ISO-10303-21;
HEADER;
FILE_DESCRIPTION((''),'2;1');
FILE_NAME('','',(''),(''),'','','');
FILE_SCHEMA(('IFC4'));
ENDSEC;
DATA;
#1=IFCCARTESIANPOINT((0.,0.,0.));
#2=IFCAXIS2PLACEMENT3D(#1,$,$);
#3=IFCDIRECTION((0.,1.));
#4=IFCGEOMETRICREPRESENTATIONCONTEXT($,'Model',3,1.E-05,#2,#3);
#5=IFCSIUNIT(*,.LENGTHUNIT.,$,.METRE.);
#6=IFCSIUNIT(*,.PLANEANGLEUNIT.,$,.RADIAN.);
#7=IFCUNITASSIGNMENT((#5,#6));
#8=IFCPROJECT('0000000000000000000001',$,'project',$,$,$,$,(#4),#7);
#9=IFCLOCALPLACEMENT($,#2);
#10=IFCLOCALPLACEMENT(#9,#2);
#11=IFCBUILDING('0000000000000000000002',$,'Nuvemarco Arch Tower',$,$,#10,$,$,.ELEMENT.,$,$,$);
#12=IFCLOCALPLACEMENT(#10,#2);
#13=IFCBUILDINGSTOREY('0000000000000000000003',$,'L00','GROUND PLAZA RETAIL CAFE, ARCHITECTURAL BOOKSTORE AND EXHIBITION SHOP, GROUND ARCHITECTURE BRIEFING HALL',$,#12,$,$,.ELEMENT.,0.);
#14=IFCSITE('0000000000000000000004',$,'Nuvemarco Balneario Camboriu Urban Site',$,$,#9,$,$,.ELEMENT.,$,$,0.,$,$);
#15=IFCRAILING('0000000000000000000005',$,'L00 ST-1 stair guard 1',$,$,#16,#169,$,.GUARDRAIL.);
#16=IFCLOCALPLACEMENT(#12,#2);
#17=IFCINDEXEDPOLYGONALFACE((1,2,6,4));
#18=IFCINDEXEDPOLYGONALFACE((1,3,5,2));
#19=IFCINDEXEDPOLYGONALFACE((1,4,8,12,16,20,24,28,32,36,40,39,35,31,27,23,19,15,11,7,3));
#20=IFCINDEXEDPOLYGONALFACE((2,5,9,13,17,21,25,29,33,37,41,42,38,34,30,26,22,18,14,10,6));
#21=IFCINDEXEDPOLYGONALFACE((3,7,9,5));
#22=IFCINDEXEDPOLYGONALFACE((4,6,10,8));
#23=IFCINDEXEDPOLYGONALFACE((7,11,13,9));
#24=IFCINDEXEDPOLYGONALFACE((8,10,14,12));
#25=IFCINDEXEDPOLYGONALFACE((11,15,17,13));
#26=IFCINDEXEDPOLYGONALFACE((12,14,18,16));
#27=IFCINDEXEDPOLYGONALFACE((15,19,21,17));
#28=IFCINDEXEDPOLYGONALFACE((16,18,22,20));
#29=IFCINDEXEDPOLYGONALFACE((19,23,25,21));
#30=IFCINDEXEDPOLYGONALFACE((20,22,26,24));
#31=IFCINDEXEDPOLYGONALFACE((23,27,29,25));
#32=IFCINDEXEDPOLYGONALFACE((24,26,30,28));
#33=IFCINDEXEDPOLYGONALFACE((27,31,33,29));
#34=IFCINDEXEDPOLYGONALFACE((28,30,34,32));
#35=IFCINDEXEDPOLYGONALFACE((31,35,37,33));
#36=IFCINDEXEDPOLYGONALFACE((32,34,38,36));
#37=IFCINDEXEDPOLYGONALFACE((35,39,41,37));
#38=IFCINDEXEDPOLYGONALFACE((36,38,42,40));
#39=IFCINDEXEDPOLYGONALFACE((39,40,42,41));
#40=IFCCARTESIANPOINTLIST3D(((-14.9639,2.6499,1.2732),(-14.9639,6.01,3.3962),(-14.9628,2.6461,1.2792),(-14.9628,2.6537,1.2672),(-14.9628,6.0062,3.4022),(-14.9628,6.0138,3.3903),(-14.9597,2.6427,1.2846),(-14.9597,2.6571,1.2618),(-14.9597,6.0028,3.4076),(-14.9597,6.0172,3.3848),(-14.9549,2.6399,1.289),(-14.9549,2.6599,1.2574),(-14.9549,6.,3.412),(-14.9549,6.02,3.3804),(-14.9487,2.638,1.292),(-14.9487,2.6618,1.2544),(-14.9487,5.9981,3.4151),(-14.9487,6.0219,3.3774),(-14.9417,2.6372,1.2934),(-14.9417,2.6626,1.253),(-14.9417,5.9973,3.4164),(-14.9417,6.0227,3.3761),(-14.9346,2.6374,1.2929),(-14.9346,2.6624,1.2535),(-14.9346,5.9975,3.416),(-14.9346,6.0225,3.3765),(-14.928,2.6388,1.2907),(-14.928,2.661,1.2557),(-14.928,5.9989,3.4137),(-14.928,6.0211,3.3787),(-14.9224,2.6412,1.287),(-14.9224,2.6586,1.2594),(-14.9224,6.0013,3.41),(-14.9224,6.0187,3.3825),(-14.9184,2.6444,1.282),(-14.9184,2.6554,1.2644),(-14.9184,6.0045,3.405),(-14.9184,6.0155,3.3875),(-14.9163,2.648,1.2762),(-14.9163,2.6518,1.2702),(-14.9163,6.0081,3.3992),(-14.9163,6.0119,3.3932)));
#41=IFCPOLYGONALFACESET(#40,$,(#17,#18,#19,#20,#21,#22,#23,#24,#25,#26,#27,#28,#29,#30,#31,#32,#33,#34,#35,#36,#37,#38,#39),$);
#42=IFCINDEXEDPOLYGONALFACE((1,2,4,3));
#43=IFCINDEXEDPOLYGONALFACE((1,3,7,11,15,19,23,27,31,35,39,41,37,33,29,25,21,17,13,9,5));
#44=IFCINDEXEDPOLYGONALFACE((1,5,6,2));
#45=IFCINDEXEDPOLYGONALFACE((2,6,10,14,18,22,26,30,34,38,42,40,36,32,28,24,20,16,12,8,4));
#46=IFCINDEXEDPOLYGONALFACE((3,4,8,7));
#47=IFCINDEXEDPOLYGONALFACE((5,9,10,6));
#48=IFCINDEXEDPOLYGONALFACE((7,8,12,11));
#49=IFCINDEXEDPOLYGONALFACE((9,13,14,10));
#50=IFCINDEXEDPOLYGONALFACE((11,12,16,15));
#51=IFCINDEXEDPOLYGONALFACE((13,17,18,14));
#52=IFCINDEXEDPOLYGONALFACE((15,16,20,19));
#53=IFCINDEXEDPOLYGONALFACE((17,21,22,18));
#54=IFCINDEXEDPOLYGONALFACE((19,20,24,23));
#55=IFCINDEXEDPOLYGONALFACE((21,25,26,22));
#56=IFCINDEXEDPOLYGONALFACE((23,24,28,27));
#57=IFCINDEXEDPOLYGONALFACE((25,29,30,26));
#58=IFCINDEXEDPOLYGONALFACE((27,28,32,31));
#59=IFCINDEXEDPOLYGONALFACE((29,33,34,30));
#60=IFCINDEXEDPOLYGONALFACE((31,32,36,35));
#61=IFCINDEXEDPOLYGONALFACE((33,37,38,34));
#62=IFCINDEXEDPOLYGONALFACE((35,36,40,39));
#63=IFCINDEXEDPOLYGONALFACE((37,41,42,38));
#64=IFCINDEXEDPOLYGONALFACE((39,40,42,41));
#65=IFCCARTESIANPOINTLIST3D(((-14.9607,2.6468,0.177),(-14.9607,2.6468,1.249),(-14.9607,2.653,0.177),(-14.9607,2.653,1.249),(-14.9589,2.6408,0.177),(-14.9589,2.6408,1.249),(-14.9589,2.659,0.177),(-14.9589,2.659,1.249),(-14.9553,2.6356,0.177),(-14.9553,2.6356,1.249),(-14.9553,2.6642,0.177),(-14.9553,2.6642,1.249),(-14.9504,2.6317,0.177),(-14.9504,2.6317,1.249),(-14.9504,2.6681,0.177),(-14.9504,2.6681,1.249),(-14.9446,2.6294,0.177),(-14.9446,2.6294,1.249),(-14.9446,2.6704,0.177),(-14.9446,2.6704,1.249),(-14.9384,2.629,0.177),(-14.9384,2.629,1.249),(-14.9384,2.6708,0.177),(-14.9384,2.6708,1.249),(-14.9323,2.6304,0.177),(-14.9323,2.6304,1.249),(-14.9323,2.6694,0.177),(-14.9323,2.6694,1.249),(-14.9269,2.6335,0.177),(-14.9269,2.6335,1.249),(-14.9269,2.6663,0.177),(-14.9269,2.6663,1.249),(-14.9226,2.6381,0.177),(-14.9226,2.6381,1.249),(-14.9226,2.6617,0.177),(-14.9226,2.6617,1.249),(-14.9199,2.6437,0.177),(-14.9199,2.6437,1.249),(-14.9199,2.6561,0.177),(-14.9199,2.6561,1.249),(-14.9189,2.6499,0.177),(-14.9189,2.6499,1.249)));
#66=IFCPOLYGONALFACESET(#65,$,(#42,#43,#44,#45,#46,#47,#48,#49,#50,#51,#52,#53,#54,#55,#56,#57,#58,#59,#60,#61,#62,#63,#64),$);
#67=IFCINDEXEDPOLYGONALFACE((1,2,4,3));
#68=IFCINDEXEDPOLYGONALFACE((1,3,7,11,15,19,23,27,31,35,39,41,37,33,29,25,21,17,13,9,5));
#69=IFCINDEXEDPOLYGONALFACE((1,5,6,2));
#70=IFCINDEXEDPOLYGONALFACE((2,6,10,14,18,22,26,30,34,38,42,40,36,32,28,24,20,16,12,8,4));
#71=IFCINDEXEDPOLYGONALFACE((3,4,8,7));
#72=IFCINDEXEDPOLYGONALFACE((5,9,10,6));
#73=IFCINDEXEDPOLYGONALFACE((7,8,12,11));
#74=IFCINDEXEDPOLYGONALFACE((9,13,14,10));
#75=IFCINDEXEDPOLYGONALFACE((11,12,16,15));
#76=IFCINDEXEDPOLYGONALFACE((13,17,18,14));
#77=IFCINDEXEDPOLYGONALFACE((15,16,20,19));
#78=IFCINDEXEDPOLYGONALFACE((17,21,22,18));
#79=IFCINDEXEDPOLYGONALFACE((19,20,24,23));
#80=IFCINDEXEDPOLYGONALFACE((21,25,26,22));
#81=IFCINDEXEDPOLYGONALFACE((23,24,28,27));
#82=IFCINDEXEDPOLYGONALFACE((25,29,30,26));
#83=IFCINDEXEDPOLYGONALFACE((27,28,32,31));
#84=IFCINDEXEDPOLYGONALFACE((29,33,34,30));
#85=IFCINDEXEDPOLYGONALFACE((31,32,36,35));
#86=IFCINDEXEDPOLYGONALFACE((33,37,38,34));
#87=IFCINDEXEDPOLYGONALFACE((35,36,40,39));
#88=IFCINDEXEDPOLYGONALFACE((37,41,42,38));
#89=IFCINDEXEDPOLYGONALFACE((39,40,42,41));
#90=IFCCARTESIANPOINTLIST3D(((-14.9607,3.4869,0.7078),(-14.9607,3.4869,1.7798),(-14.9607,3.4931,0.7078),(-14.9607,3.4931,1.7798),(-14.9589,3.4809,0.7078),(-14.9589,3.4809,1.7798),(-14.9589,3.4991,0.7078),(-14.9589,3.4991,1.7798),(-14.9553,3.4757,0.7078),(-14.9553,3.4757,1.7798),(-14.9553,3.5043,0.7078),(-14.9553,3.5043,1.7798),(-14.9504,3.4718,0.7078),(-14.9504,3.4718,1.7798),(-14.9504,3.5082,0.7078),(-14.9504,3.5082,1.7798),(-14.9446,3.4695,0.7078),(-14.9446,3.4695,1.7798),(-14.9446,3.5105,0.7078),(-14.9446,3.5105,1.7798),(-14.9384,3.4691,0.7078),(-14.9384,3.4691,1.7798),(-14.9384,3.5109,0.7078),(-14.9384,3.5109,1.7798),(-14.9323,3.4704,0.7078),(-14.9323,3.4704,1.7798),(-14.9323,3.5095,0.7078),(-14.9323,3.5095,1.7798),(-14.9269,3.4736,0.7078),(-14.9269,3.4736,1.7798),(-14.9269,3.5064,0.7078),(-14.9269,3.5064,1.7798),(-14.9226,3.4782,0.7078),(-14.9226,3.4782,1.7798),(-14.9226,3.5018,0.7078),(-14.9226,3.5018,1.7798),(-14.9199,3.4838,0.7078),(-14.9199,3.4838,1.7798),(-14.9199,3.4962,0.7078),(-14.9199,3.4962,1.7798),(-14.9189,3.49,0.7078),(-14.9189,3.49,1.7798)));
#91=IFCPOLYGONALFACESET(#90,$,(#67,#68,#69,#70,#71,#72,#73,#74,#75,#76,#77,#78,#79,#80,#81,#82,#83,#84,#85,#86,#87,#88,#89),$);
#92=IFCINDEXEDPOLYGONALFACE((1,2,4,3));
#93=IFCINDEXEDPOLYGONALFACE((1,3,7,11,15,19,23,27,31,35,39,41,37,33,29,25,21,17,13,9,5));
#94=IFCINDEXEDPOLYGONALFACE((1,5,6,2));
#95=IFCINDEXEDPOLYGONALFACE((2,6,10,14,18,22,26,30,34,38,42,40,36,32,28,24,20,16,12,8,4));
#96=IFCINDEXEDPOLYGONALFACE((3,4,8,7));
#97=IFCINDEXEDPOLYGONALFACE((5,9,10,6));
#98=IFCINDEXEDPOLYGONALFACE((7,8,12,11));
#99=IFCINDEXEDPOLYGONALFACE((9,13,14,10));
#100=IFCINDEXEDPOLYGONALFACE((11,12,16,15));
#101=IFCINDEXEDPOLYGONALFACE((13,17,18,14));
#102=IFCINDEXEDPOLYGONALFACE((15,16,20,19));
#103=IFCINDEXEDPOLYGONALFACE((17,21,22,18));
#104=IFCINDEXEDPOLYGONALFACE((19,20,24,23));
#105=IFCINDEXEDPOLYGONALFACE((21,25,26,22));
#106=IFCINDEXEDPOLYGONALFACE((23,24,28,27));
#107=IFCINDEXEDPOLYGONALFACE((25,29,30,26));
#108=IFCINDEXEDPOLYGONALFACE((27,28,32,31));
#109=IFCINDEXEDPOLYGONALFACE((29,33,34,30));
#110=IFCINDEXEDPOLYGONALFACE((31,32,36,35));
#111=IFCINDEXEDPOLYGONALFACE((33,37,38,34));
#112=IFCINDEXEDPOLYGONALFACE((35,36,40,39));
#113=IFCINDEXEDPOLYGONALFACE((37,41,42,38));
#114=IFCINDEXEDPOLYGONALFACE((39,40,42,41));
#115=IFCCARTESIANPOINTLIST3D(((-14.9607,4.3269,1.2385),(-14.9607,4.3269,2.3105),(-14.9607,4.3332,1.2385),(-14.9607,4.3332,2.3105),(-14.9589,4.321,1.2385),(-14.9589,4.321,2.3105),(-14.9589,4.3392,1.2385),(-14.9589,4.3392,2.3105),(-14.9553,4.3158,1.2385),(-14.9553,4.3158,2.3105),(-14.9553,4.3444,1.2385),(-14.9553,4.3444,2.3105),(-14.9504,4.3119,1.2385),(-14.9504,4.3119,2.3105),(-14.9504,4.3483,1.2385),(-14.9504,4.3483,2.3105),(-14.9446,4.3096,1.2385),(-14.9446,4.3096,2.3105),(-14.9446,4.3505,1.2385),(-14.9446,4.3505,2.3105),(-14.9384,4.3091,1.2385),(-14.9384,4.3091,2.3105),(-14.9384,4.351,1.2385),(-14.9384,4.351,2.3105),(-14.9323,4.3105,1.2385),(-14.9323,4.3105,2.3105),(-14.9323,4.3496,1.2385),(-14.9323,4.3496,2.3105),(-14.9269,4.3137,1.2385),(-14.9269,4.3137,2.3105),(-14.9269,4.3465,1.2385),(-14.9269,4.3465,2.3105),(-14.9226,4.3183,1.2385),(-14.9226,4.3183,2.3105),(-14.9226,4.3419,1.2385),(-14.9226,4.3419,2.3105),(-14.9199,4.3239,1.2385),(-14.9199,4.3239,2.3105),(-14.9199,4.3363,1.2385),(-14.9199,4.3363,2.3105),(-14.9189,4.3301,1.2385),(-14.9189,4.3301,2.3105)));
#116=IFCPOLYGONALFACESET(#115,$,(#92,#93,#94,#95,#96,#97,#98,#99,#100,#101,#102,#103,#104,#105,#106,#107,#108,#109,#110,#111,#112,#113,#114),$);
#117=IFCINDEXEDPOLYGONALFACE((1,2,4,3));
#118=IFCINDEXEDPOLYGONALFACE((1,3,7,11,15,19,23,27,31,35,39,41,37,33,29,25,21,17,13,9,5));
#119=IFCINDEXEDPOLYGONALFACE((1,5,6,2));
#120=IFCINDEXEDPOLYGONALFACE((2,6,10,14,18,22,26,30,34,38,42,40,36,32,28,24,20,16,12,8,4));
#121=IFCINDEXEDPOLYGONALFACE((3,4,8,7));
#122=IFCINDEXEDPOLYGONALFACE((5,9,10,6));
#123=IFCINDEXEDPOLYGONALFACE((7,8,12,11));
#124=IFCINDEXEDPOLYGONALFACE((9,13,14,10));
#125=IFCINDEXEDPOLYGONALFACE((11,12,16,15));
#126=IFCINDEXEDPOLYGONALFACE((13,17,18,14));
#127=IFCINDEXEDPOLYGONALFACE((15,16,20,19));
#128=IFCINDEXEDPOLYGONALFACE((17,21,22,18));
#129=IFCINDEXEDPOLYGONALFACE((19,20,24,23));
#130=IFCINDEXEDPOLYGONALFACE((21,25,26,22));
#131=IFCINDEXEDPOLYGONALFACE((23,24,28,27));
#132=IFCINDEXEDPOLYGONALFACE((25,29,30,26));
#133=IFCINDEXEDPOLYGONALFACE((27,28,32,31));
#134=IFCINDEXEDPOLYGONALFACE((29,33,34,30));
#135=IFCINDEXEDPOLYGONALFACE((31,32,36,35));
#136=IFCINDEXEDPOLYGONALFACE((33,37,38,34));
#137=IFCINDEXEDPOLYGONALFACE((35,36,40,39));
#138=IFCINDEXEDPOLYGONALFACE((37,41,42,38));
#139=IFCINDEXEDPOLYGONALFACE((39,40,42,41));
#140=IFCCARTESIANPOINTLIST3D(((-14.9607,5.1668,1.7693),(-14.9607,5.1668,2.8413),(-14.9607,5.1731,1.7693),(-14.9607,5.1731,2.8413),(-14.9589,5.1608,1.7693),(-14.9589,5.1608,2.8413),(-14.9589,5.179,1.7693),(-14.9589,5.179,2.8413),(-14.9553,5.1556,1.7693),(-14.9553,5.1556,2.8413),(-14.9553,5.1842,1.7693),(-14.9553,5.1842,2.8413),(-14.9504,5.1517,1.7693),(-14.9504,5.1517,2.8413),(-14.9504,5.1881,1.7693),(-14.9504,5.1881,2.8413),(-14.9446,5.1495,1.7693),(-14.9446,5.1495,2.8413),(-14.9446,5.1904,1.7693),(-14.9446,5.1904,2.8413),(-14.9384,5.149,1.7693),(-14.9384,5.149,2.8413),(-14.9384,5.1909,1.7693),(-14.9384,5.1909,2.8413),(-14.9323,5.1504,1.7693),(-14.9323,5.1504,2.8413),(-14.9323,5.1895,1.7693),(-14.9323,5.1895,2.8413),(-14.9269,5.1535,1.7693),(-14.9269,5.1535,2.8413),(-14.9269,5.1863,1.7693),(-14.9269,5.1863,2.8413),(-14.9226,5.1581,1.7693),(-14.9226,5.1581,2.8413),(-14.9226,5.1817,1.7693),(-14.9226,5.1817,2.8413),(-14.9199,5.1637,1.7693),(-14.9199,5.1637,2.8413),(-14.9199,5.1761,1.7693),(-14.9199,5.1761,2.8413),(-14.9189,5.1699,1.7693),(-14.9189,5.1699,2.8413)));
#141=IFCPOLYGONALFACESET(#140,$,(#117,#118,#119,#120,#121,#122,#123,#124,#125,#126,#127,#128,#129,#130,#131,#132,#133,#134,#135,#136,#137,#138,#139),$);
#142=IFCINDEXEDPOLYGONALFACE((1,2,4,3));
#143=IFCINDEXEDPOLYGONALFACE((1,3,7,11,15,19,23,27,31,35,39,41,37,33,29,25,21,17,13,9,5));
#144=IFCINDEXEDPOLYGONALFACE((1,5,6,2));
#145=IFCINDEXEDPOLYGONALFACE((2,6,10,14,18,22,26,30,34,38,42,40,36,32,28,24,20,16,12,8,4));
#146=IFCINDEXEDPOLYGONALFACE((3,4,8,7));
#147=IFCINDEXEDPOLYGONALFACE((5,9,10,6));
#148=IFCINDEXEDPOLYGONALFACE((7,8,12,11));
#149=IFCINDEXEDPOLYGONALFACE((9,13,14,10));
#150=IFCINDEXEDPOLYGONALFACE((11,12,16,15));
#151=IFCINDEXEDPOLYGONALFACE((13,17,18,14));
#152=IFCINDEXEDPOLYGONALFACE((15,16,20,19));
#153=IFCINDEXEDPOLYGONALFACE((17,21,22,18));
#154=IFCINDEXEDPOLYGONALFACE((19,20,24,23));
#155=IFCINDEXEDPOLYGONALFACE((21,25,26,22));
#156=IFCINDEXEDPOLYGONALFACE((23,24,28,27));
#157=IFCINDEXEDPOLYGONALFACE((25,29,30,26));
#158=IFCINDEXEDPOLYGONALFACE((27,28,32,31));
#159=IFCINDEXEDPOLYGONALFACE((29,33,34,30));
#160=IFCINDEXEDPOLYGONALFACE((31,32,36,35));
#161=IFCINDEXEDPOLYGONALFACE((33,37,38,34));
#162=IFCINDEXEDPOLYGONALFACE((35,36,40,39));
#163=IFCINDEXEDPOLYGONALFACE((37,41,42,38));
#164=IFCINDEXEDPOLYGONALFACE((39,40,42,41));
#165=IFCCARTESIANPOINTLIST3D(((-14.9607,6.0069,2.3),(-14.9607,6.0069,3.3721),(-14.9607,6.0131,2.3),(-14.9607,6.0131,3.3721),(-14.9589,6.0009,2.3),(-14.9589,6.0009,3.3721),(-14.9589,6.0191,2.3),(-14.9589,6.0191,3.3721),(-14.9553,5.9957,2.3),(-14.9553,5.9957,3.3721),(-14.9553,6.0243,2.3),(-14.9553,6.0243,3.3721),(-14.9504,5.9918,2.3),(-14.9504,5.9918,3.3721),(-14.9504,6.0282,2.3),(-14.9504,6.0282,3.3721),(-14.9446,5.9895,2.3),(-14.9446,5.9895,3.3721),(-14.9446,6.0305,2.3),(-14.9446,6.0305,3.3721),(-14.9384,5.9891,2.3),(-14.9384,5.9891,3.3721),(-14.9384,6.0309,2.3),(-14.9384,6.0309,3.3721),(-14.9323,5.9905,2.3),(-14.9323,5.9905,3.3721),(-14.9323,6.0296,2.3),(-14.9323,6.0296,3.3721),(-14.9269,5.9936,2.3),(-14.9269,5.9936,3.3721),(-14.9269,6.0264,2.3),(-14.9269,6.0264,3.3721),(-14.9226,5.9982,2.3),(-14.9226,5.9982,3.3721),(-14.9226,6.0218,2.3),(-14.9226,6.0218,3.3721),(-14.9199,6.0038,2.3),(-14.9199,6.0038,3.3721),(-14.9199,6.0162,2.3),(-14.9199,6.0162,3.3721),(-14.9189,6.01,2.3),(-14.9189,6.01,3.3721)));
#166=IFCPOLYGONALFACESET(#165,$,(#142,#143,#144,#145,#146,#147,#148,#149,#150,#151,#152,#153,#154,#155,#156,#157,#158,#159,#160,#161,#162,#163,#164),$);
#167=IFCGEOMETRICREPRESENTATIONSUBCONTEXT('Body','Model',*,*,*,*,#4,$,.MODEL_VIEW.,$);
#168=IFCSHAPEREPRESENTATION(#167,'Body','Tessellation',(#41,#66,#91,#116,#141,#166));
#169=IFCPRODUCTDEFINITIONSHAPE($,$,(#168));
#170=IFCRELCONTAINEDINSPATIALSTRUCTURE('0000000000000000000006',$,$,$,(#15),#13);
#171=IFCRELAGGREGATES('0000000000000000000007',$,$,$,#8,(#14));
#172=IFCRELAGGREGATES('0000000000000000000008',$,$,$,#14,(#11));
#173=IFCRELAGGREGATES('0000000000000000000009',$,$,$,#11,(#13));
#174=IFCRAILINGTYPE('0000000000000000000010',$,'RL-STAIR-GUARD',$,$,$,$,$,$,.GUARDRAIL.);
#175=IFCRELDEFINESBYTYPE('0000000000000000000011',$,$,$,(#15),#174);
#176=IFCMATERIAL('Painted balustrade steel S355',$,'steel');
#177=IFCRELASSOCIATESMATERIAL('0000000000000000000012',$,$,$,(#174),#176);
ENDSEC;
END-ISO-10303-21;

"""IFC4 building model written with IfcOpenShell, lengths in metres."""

from ifc_helpers import new_model, si_unit, direction, frame, origin, origin_2d, place, context, subcontext, project, spatial, circle, extrude, material, type_object, element, save


model = new_model("IFC4")

# Units and contexts
model_context = context("Model", 3, precision=1e-05, world=origin(), true_north=direction((0.0, 1.0)))
body_context = subcontext(model_context, "Body", "Model", "MODEL_VIEW")
ifc_project = project(units=[si_unit("LENGTHUNIT", "METRE"), si_unit("PLANEANGLEUNIT", "RADIAN")], contexts=[model_context])

# Site, building, storey
site_placement = place(None, origin())
site = spatial("IfcSite", under=ifc_project, at=site_placement, Name="Nuvemarco Balneario Camboriu Urban Site", CompositionType="ELEMENT", RefElevation=0.0)
building_placement = place(site_placement, origin())
building = spatial("IfcBuilding", under=site, at=building_placement, Name="Nuvemarco Arch Tower", CompositionType="ELEMENT")
storey_placement = place(building_placement, origin())
storey = spatial("IfcBuildingStorey", under=building, at=storey_placement, Name="L00", Description="GROUND PLAZA RETAIL CAFE, ARCHITECTURAL BOOKSTORE AND EXHIBITION SHOP, GROUND ARCHITECTURE BRIEFING HALL", CompositionType="ELEMENT", Elevation=0.0)

# Railing
ifc_material_1 = material(Name="Painted balustrade steel S355", Category="steel")
railing_type_1 = type_object("IfcRailingType", Name="RL-STAIR-GUARD", PredefinedType="GUARDRAIL", material=ifc_material_1)
railing_1_placement = place(storey_placement, frame((-14.9399, 2.6499, 0.177)))
element("IfcRailing", 1, at=railing_1_placement, inside=storey, type_object=railing_type_1, Name="L00 ST-1 stair guard 1", PredefinedType="GUARDRAIL", context=body_context, shape_type="SweptSolid", body=[
    extrude(circle(Radius=0.0239, at=origin_2d()), frame((0.0, 0.0, 1.0962), z_axis=(0.0, 0.84539, 0.53415), x_axis=(-1.0, 0.0, 0.0)), (0.0, 0.0, 1.0), 3.9746),
    extrude(circle(Radius=0.021, at=origin_2d()), origin(), (0.0, 0.0, 1.0), 1.072),
    extrude(circle(Radius=0.021, at=origin_2d()), frame((0.0, 0.8401, 0.5308)), (0.0, 0.0, 1.0), 1.072),
    extrude(circle(Radius=0.021, at=origin_2d()), frame((0.0, 1.6802, 1.0615)), (0.0, 0.0, 1.0), 1.072),
    extrude(circle(Radius=0.021, at=origin_2d()), frame((0.0, 2.52, 1.5923)), (0.0, 0.0, 1.0), 1.072),
    extrude(circle(Radius=0.021, at=origin_2d()), frame((0.0, 3.3601, 2.123)), (0.0, 0.0, 1.0), 1.072),
])

save(model, "model.ifc")
